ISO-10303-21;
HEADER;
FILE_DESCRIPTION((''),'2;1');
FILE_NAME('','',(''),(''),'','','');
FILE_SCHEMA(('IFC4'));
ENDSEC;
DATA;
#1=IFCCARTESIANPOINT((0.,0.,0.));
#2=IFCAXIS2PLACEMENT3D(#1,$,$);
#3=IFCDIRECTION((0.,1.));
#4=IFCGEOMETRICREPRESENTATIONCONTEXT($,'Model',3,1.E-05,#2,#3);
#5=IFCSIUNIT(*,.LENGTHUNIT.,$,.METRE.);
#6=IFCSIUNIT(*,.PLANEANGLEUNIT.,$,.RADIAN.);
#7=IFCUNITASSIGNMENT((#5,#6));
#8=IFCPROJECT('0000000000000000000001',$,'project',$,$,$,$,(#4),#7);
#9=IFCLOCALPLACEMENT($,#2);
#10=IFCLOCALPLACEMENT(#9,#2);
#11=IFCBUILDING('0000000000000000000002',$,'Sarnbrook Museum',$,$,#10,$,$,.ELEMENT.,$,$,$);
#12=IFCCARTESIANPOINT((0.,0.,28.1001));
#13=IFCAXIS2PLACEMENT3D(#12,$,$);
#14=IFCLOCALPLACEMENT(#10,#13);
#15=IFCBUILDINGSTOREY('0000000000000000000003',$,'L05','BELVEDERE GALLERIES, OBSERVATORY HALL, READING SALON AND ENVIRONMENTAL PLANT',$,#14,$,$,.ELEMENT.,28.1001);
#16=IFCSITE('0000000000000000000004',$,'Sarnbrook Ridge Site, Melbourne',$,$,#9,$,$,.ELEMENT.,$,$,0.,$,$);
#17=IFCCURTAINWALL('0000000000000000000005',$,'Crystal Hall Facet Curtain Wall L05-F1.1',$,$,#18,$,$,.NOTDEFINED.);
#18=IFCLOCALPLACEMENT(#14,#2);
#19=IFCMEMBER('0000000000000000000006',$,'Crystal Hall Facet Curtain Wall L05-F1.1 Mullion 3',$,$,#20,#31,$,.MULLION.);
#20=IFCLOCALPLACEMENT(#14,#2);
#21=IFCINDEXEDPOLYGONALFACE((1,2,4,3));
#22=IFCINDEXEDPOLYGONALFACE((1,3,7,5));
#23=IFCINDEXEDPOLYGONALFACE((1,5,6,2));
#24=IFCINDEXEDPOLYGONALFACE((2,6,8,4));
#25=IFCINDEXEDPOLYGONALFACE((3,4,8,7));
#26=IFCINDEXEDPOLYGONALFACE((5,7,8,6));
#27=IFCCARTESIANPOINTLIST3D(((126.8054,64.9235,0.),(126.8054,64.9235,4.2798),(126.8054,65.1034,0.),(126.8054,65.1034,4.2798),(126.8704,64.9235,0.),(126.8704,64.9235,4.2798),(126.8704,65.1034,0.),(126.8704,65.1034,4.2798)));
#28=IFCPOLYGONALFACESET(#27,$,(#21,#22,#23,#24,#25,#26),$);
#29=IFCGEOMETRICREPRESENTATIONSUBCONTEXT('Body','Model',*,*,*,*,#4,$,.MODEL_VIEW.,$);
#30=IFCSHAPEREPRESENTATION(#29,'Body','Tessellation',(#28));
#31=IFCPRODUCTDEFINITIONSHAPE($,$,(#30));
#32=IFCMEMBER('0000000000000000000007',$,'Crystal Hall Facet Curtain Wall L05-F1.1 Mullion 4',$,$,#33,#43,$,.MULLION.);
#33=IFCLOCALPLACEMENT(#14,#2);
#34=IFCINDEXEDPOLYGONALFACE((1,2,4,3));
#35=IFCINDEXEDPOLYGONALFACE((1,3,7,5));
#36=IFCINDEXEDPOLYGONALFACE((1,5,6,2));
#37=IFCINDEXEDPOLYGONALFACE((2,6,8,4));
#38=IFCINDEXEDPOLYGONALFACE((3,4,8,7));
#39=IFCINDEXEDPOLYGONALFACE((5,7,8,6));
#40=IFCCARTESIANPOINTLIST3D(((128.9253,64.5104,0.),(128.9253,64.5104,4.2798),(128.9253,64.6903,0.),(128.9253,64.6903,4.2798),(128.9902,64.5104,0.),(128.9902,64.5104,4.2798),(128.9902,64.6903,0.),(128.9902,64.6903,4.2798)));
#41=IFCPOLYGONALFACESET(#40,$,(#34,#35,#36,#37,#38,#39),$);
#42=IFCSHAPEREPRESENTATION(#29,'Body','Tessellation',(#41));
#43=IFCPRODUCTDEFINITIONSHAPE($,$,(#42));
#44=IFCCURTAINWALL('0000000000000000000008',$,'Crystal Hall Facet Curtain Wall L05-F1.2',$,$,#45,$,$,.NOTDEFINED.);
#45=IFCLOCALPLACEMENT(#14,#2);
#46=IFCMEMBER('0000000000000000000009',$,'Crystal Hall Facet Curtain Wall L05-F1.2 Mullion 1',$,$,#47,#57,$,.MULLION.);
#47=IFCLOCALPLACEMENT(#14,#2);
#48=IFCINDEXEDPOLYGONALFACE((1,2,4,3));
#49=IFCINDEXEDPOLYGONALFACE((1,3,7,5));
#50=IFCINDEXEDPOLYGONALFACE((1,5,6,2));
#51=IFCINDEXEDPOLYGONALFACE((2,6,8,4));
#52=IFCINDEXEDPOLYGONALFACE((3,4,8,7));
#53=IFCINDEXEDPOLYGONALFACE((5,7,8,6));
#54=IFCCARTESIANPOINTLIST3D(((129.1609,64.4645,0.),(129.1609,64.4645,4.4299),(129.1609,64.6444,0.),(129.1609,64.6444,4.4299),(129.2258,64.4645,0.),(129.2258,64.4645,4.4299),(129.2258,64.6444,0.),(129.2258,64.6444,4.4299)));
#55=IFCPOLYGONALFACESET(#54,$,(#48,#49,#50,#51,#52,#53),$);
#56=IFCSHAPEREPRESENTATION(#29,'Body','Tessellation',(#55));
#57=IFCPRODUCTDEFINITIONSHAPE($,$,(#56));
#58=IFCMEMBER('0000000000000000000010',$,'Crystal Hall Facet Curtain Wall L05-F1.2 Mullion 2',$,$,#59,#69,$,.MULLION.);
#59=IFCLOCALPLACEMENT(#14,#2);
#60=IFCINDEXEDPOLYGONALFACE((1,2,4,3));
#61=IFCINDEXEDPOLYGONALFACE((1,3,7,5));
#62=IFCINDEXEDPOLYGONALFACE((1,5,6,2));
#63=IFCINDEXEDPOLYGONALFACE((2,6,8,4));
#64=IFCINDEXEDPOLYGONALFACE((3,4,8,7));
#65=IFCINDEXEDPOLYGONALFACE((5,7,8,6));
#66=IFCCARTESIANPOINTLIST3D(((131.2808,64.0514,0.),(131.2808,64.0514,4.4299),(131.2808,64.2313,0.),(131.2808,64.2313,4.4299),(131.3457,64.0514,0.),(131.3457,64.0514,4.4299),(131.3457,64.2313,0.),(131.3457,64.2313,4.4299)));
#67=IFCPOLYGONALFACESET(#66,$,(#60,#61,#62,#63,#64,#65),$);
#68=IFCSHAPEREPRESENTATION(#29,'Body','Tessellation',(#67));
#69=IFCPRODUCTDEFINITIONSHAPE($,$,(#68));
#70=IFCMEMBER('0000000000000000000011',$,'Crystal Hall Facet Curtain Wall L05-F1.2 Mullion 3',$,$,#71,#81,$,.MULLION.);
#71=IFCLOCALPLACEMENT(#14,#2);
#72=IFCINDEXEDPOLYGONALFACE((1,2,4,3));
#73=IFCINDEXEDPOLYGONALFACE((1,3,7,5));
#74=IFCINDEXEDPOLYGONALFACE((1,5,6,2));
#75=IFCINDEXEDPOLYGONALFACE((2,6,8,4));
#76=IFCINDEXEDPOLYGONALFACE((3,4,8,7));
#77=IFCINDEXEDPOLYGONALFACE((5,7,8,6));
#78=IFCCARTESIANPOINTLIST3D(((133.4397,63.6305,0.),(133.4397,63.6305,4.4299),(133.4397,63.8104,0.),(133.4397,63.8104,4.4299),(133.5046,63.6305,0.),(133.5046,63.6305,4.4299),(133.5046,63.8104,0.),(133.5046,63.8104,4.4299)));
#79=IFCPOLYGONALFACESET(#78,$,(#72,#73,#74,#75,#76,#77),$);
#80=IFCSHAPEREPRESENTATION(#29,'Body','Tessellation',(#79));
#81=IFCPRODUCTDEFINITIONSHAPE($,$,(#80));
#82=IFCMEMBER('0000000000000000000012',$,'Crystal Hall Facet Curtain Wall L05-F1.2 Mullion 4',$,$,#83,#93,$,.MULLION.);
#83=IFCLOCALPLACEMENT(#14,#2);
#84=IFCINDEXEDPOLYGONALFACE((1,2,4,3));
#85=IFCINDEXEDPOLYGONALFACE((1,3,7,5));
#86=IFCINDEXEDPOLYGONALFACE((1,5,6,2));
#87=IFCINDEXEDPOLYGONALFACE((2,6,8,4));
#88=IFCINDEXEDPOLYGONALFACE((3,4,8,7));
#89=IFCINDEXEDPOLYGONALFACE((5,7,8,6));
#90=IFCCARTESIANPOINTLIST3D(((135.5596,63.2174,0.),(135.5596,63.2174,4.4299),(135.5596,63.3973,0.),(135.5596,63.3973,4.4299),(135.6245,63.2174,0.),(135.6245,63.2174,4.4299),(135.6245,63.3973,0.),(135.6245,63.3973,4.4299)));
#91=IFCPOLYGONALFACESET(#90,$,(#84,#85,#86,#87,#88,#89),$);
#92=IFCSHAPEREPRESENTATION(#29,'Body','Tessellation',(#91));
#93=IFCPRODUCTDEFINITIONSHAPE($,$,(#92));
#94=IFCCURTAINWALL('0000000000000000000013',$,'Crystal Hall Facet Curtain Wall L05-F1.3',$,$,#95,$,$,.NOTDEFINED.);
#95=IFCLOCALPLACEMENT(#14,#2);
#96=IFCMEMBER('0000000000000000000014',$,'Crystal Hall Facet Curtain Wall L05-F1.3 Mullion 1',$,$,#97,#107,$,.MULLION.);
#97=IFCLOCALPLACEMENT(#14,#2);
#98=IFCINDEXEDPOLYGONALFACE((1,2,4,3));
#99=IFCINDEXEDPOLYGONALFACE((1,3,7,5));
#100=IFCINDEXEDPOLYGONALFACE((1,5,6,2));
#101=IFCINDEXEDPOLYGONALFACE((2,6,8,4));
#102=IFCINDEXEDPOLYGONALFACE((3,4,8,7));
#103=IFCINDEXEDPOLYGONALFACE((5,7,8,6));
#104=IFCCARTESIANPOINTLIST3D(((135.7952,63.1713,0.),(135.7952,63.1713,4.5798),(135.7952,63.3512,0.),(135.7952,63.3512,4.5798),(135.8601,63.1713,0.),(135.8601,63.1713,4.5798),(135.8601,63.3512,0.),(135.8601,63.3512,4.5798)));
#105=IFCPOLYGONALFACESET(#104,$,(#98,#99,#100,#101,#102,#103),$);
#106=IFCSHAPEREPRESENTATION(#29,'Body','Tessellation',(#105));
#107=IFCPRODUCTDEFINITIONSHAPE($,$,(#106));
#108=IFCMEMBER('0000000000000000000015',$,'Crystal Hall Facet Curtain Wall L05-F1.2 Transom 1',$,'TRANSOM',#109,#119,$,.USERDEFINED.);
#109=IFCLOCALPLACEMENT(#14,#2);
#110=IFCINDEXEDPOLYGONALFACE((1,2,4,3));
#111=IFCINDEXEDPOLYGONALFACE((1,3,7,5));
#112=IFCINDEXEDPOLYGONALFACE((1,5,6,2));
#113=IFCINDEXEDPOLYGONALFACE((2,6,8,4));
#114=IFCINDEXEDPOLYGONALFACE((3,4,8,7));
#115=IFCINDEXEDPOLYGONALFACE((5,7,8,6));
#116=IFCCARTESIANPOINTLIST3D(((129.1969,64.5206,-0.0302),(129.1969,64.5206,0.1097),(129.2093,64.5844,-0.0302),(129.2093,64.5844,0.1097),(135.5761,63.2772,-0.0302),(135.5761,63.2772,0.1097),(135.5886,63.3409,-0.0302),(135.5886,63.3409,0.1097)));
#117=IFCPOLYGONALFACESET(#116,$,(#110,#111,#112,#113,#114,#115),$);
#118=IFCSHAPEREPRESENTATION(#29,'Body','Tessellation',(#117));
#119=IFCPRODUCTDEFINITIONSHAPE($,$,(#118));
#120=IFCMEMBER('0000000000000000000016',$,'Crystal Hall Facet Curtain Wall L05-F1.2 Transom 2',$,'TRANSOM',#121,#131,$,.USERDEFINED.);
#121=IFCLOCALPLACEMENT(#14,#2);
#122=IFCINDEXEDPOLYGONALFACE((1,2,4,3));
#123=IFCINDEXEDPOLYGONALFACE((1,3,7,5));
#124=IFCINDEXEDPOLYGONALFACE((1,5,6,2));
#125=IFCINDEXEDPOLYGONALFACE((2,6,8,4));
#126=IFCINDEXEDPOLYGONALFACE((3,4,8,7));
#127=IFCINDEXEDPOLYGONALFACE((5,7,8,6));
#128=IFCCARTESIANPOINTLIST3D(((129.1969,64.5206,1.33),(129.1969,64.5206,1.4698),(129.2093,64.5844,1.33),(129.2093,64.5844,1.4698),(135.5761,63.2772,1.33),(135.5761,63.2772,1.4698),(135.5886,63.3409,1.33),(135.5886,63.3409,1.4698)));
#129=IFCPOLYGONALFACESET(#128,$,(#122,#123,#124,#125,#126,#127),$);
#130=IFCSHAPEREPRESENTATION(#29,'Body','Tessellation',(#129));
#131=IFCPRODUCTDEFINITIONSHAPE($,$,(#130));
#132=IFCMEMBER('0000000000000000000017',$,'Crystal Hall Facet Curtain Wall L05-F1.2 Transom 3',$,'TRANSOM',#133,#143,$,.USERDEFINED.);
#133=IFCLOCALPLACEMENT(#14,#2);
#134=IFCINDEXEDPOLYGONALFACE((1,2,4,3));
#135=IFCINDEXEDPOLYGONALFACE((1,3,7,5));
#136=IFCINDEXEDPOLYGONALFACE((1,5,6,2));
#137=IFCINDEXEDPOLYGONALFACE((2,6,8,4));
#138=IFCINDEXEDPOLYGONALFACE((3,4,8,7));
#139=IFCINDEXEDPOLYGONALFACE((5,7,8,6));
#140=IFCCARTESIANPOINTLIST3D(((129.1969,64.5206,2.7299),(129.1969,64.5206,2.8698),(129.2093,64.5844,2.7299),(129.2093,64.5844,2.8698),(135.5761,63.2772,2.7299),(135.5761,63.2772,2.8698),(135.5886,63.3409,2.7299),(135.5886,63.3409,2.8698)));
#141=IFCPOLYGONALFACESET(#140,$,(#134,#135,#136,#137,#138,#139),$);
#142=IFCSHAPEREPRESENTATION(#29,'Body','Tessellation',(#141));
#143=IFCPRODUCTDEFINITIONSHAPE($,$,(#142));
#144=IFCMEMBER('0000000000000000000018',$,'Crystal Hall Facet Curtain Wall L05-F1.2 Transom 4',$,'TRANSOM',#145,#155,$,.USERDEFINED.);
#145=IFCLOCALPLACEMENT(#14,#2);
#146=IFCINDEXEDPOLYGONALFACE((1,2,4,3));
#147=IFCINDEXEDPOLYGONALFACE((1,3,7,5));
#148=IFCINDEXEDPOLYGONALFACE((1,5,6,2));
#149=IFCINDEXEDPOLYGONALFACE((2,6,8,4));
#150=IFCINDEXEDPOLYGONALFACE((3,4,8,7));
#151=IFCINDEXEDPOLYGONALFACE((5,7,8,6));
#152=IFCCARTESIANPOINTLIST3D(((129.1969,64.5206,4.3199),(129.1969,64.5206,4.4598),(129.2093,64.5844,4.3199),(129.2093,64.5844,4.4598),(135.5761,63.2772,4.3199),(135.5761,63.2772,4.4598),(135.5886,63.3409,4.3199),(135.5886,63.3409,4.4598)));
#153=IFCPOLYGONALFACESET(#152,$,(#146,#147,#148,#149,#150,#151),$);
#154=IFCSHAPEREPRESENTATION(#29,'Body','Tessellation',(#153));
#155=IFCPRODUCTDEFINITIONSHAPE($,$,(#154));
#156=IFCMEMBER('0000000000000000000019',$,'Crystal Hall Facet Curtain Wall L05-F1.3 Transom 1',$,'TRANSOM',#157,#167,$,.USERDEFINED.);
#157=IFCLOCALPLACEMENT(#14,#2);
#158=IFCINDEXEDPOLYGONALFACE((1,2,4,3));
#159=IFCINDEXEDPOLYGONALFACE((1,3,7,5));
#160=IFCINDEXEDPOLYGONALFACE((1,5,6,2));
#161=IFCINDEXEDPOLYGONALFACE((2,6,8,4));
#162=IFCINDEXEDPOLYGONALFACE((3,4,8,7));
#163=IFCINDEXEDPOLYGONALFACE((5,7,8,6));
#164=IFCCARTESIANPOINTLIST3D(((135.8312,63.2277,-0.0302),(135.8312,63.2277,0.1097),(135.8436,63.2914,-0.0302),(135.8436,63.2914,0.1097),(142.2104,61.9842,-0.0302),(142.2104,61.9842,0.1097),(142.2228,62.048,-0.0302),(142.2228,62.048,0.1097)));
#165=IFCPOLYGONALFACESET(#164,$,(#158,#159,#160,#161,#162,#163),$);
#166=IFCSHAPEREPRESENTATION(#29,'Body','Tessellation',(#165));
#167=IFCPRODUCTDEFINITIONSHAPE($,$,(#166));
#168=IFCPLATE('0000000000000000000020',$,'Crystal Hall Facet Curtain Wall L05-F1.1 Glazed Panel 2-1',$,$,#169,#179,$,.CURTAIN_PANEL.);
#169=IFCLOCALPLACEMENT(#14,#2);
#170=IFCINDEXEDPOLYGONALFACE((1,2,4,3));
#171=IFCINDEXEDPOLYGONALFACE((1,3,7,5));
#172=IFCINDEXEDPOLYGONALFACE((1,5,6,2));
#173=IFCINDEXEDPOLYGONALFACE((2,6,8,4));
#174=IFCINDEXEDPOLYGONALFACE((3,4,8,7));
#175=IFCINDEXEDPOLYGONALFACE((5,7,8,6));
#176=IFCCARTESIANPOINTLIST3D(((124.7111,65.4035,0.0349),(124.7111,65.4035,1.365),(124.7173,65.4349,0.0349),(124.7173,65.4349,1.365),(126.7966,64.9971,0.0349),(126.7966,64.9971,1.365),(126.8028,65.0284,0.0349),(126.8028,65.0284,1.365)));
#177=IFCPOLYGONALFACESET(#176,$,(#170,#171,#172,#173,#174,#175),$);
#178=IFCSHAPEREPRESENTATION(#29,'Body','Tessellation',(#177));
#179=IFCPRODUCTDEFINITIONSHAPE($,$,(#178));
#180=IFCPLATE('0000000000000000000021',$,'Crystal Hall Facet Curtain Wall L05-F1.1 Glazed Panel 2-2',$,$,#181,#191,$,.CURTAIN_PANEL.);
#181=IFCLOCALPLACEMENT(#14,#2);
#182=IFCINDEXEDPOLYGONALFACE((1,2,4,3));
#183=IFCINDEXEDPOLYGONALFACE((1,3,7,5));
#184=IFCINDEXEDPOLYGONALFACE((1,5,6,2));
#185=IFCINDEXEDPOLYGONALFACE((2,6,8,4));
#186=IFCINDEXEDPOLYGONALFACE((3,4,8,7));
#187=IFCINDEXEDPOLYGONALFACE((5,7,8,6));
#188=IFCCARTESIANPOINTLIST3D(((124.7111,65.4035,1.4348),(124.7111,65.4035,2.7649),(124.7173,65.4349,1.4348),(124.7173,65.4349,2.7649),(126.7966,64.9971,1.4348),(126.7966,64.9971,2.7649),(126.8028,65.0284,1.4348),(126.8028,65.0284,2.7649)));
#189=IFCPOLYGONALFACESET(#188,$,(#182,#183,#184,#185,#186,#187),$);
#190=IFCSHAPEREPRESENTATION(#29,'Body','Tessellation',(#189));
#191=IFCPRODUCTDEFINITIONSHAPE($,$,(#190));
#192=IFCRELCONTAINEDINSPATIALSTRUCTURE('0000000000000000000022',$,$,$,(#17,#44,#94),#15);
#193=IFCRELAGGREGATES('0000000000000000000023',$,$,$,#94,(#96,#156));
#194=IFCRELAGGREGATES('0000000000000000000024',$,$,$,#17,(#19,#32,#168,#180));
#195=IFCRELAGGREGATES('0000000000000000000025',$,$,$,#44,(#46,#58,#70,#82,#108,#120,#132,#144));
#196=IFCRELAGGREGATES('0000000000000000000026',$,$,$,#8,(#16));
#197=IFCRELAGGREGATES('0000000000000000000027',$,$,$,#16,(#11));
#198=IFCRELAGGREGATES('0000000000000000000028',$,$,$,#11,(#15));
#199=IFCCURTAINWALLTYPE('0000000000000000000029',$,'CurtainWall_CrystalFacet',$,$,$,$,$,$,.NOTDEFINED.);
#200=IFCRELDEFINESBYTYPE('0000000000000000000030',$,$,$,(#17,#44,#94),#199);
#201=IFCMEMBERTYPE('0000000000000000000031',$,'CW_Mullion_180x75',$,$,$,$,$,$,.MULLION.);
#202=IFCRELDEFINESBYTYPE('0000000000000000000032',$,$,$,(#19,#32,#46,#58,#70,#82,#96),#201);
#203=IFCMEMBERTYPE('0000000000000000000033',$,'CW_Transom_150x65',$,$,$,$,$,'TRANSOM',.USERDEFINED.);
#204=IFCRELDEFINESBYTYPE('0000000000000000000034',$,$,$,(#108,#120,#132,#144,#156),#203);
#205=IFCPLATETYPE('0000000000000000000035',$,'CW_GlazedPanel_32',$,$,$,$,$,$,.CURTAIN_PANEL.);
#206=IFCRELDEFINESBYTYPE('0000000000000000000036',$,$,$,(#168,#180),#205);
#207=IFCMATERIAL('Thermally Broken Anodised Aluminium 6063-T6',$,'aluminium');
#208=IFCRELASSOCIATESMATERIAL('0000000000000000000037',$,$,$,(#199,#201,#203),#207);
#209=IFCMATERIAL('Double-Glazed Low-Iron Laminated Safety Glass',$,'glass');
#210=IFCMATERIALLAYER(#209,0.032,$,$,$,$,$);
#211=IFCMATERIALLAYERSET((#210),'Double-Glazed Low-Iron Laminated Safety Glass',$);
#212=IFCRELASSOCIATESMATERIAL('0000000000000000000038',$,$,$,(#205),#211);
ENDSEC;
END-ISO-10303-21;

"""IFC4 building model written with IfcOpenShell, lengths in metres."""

from ifc_helpers import new_model, si_unit, direction, frame, origin, origin_2d, place, context, subcontext, project, spatial, rectangle, extrude, material, layer, layer_set, material_profile, profile_set, type_object, element, aggregate, save


model = new_model("IFC4")

# Units and contexts
model_context = context("Model", 3, precision=1e-05, world=origin(), true_north=direction((0.0, 1.0)))
body_context = subcontext(model_context, "Body", "Model", "MODEL_VIEW")
ifc_project = project(units=[si_unit("LENGTHUNIT", "METRE"), si_unit("PLANEANGLEUNIT", "RADIAN")], contexts=[model_context])

# Site, building, storey
site_placement = place(None, origin())
site = spatial("IfcSite", under=ifc_project, at=site_placement, Name="Sarnbrook Ridge Site, Melbourne", CompositionType="ELEMENT", RefElevation=0.0)
building_placement = place(site_placement, origin())
building = spatial("IfcBuilding", under=site, at=building_placement, Name="Sarnbrook Museum", CompositionType="ELEMENT")
storey_placement = place(building_placement, frame((0.0, 0.0, 28.1001)))
storey = spatial("IfcBuildingStorey", under=building, at=storey_placement, Name="L05", Description="BELVEDERE GALLERIES, OBSERVATORY HALL, READING SALON AND ENVIRONMENTAL PLANT", CompositionType="ELEMENT", Elevation=28.1001)

# Curtain walls, members
ifc_material_1 = material(Name="Thermally Broken Anodised Aluminium 6063-T6", Category="aluminium")
curtain_wall_type = type_object("IfcCurtainWallType", Name="CurtainWall_CrystalFacet", PredefinedType="NOTDEFINED", material=ifc_material_1)
curtain_wall_1_placement = place(storey_placement, origin())
curtain_wall_1 = element("IfcCurtainWall", 1, at=curtain_wall_1_placement, inside=storey, type_object=curtain_wall_type, Name="Crystal Hall Facet Curtain Wall L05-F1.1", PredefinedType="NOTDEFINED")
ifc_material_profile_1 = material_profile(ifc_material_1, rectangle(XDim=0.0649, YDim=0.1799, at=origin_2d()), Name="ALU MULLION 65x180")
ifc_profile_set_1 = profile_set([ifc_material_profile_1], Name="Thermally Broken Anodised Aluminium 6063-T6")
member_type_1 = type_object("IfcMemberType", Name="CW_Mullion_180x75", PredefinedType="MULLION", material=ifc_profile_set_1)
member_1_placement = place(storey_placement, frame((126.8379, 65.0134, 0.0), z_axis=(0.0, 0.0, 1.0), x_axis=(1.0, 0.0, 0.0)))
member_1 = element("IfcMember", 2, at=member_1_placement, type_object=member_type_1, Name="Crystal Hall Facet Curtain Wall L05-F1.1 Mullion 3", PredefinedType="MULLION", context=body_context, shape_type="SweptSolid", body=[
    extrude(rectangle(XDim=0.0649, YDim=0.1799, at=origin_2d()), origin(), (0.0, 0.0, 1.0), 4.2798),
])
member_2_placement = place(storey_placement, frame((128.9578, 64.6003, 0.0), z_axis=(0.0, 0.0, 1.0), x_axis=(1.0, 0.0, 0.0)))
member_2 = element("IfcMember", 3, at=member_2_placement, type_object=member_type_1, Name="Crystal Hall Facet Curtain Wall L05-F1.1 Mullion 4", PredefinedType="MULLION", context=body_context, shape_type="SweptSolid", body=[
    extrude(rectangle(XDim=0.0649, YDim=0.1799, at=origin_2d()), origin(), (0.0, 0.0, 1.0), 4.2798),
])
curtain_wall_2_placement = place(storey_placement, origin())
curtain_wall_2 = element("IfcCurtainWall", 4, at=curtain_wall_2_placement, inside=storey, type_object=curtain_wall_type, Name="Crystal Hall Facet Curtain Wall L05-F1.2", PredefinedType="NOTDEFINED")
member_3_placement = place(storey_placement, frame((129.1934, 64.5544, 0.0), z_axis=(0.0, 0.0, 1.0), x_axis=(1.0, 0.0, 0.0)))
member_3 = element("IfcMember", 5, at=member_3_placement, type_object=member_type_1, Name="Crystal Hall Facet Curtain Wall L05-F1.2 Mullion 1", PredefinedType="MULLION", context=body_context, shape_type="SweptSolid", body=[
    extrude(rectangle(XDim=0.0649, YDim=0.1799, at=origin_2d()), origin(), (0.0, 0.0, 1.0), 4.4299),
])
member_4_placement = place(storey_placement, frame((131.3132, 64.1414, 0.0), z_axis=(0.0, 0.0, 1.0), x_axis=(1.0, 0.0, 0.0)))
member_4 = element("IfcMember", 6, at=member_4_placement, type_object=member_type_1, Name="Crystal Hall Facet Curtain Wall L05-F1.2 Mullion 2", PredefinedType="MULLION", context=body_context, shape_type="SweptSolid", body=[
    extrude(rectangle(XDim=0.0649, YDim=0.1799, at=origin_2d()), origin(), (0.0, 0.0, 1.0), 4.4299),
])
member_5_placement = place(storey_placement, frame((133.4722, 63.7205, 0.0), z_axis=(0.0, 0.0, 1.0), x_axis=(1.0, 0.0, 0.0)))
member_5 = element("IfcMember", 7, at=member_5_placement, type_object=member_type_1, Name="Crystal Hall Facet Curtain Wall L05-F1.2 Mullion 3", PredefinedType="MULLION", context=body_context, shape_type="SweptSolid", body=[
    extrude(rectangle(XDim=0.0649, YDim=0.1799, at=origin_2d()), origin(), (0.0, 0.0, 1.0), 4.4299),
])
member_6_placement = place(storey_placement, frame((135.592, 63.3074, 0.0), z_axis=(0.0, 0.0, 1.0), x_axis=(1.0, 0.0, 0.0)))
member_6 = element("IfcMember", 8, at=member_6_placement, type_object=member_type_1, Name="Crystal Hall Facet Curtain Wall L05-F1.2 Mullion 4", PredefinedType="MULLION", context=body_context, shape_type="SweptSolid", body=[
    extrude(rectangle(XDim=0.0649, YDim=0.1799, at=origin_2d()), origin(), (0.0, 0.0, 1.0), 4.4299),
])

# Curtain wall, member
curtain_wall_3_placement = place(storey_placement, origin())
curtain_wall_3 = element("IfcCurtainWall", 9, at=curtain_wall_3_placement, inside=storey, type_object=curtain_wall_type, Name="Crystal Hall Facet Curtain Wall L05-F1.3", PredefinedType="NOTDEFINED")
member_7_placement = place(storey_placement, frame((135.8276, 63.2612, 0.0), z_axis=(0.0, 0.0, 1.0), x_axis=(1.0, 0.0, 0.0)))
member_7 = element("IfcMember", 10, at=member_7_placement, type_object=member_type_1, Name="Crystal Hall Facet Curtain Wall L05-F1.3 Mullion 1", PredefinedType="MULLION", context=body_context, shape_type="SweptSolid", body=[
    extrude(rectangle(XDim=0.0649, YDim=0.1799, at=origin_2d()), origin(), (0.0, 0.0, 1.0), 4.5798),
])

# Members
ifc_material_profile_2 = material_profile(ifc_material_1, rectangle(XDim=0.0649, YDim=0.1399, at=origin_2d()), Name="ALU TRANSOM 65x140")
ifc_profile_set_2 = profile_set([ifc_material_profile_2], Name="Thermally Broken Anodised Aluminium 6063-T6")
member_type_2 = type_object("IfcMemberType", Name="CW_Transom_150x65", ElementType="TRANSOM", PredefinedType="USERDEFINED", material=ifc_profile_set_2)
member_8_placement = place(storey_placement, frame((129.2031, 64.5525, 0.0398), z_axis=(0.981528, -0.191317, 0.0), x_axis=(0.191317, 0.981528, 0.0)))
member_8 = element("IfcMember", 11, at=member_8_placement, type_object=member_type_2, Name="Crystal Hall Facet Curtain Wall L05-F1.2 Transom 1", ObjectType="TRANSOM", PredefinedType="USERDEFINED", context=body_context, shape_type="SweptSolid", body=[
    extrude(rectangle(XDim=0.0649, YDim=0.1399, at=origin_2d()), origin(), (0.0, 0.0, 1.0), 6.4993),
])
member_9_placement = place(storey_placement, frame((129.2031, 64.5525, 1.3999), z_axis=(0.981528, -0.191317, 0.0), x_axis=(0.191317, 0.981528, 0.0)))
member_9 = element("IfcMember", 12, at=member_9_placement, type_object=member_type_2, Name="Crystal Hall Facet Curtain Wall L05-F1.2 Transom 2", ObjectType="TRANSOM", PredefinedType="USERDEFINED", context=body_context, shape_type="SweptSolid", body=[
    extrude(rectangle(XDim=0.0649, YDim=0.1399, at=origin_2d()), origin(), (0.0, 0.0, 1.0), 6.4993),
])
member_10_placement = place(storey_placement, frame((129.2031, 64.5525, 2.7998), z_axis=(0.981528, -0.191317, 0.0), x_axis=(0.191317, 0.981528, 0.0)))
member_10 = element("IfcMember", 13, at=member_10_placement, type_object=member_type_2, Name="Crystal Hall Facet Curtain Wall L05-F1.2 Transom 3", ObjectType="TRANSOM", PredefinedType="USERDEFINED", context=body_context, shape_type="SweptSolid", body=[
    extrude(rectangle(XDim=0.0649, YDim=0.1399, at=origin_2d()), origin(), (0.0, 0.0, 1.0), 6.4993),
])
member_11_placement = place(storey_placement, frame((129.2031, 64.5525, 4.3899), z_axis=(0.981528, -0.191317, 0.0), x_axis=(0.191317, 0.981528, 0.0)))
member_11 = element("IfcMember", 14, at=member_11_placement, type_object=member_type_2, Name="Crystal Hall Facet Curtain Wall L05-F1.2 Transom 4", ObjectType="TRANSOM", PredefinedType="USERDEFINED", context=body_context, shape_type="SweptSolid", body=[
    extrude(rectangle(XDim=0.0649, YDim=0.1399, at=origin_2d()), origin(), (0.0, 0.0, 1.0), 6.4993),
])
member_12_placement = place(storey_placement, frame((135.8374, 63.2595, 0.0398), z_axis=(0.981528, -0.191317, 0.0), x_axis=(0.191317, 0.981528, 0.0)))
member_12 = element("IfcMember", 15, at=member_12_placement, type_object=member_type_2, Name="Crystal Hall Facet Curtain Wall L05-F1.3 Transom 1", ObjectType="TRANSOM", PredefinedType="USERDEFINED", context=body_context, shape_type="SweptSolid", body=[
    extrude(rectangle(XDim=0.0649, YDim=0.1399, at=origin_2d()), origin(), (0.0, 0.0, 1.0), 6.4993),
])
aggregate(curtain_wall_3, [member_7, member_12])

# Plates
ifc_material_2 = material(Name="Double-Glazed Low-Iron Laminated Safety Glass", Category="glass")
ifc_layer = layer(ifc_material_2, 0.032)
ifc_layer_set = layer_set([ifc_layer], Name="Double-Glazed Low-Iron Laminated Safety Glass")
plate_type = type_object("IfcPlateType", Name="CW_GlazedPanel_32", PredefinedType="CURTAIN_PANEL", material=ifc_layer_set)
plate_1_placement = place(storey_placement, frame((125.76, 65.2317, 0.7), z_axis=(-0.191312, -0.981529, 0.0), x_axis=(0.981529, -0.191312, 0.0)))
plate_1 = element("IfcPlate", 16, at=plate_1_placement, type_object=plate_type, Name="Crystal Hall Facet Curtain Wall L05-F1.1 Glazed Panel 2-1", PredefinedType="CURTAIN_PANEL", context=body_context, shape_type="SweptSolid", body=[
    extrude(rectangle(XDim=2.1248, YDim=1.3301, at=origin_2d()), origin(), (0.0, 0.0, 1.0), 0.032),
])
plate_2_placement = place(storey_placement, frame((125.76, 65.2317, 2.0999), z_axis=(-0.191312, -0.981529, 0.0), x_axis=(0.981529, -0.191312, 0.0)))
plate_2 = element("IfcPlate", 17, at=plate_2_placement, type_object=plate_type, Name="Crystal Hall Facet Curtain Wall L05-F1.1 Glazed Panel 2-2", PredefinedType="CURTAIN_PANEL", context=body_context, shape_type="SweptSolid", body=[
    extrude(rectangle(XDim=2.1248, YDim=1.3301, at=origin_2d()), origin(), (0.0, 0.0, 1.0), 0.032),
])
aggregate(curtain_wall_1, [member_1, member_2, plate_1, plate_2])
aggregate(curtain_wall_2, [member_3, member_4, member_5, member_6, member_8, member_9, member_10, member_11])

save(model, "model.ifc")
